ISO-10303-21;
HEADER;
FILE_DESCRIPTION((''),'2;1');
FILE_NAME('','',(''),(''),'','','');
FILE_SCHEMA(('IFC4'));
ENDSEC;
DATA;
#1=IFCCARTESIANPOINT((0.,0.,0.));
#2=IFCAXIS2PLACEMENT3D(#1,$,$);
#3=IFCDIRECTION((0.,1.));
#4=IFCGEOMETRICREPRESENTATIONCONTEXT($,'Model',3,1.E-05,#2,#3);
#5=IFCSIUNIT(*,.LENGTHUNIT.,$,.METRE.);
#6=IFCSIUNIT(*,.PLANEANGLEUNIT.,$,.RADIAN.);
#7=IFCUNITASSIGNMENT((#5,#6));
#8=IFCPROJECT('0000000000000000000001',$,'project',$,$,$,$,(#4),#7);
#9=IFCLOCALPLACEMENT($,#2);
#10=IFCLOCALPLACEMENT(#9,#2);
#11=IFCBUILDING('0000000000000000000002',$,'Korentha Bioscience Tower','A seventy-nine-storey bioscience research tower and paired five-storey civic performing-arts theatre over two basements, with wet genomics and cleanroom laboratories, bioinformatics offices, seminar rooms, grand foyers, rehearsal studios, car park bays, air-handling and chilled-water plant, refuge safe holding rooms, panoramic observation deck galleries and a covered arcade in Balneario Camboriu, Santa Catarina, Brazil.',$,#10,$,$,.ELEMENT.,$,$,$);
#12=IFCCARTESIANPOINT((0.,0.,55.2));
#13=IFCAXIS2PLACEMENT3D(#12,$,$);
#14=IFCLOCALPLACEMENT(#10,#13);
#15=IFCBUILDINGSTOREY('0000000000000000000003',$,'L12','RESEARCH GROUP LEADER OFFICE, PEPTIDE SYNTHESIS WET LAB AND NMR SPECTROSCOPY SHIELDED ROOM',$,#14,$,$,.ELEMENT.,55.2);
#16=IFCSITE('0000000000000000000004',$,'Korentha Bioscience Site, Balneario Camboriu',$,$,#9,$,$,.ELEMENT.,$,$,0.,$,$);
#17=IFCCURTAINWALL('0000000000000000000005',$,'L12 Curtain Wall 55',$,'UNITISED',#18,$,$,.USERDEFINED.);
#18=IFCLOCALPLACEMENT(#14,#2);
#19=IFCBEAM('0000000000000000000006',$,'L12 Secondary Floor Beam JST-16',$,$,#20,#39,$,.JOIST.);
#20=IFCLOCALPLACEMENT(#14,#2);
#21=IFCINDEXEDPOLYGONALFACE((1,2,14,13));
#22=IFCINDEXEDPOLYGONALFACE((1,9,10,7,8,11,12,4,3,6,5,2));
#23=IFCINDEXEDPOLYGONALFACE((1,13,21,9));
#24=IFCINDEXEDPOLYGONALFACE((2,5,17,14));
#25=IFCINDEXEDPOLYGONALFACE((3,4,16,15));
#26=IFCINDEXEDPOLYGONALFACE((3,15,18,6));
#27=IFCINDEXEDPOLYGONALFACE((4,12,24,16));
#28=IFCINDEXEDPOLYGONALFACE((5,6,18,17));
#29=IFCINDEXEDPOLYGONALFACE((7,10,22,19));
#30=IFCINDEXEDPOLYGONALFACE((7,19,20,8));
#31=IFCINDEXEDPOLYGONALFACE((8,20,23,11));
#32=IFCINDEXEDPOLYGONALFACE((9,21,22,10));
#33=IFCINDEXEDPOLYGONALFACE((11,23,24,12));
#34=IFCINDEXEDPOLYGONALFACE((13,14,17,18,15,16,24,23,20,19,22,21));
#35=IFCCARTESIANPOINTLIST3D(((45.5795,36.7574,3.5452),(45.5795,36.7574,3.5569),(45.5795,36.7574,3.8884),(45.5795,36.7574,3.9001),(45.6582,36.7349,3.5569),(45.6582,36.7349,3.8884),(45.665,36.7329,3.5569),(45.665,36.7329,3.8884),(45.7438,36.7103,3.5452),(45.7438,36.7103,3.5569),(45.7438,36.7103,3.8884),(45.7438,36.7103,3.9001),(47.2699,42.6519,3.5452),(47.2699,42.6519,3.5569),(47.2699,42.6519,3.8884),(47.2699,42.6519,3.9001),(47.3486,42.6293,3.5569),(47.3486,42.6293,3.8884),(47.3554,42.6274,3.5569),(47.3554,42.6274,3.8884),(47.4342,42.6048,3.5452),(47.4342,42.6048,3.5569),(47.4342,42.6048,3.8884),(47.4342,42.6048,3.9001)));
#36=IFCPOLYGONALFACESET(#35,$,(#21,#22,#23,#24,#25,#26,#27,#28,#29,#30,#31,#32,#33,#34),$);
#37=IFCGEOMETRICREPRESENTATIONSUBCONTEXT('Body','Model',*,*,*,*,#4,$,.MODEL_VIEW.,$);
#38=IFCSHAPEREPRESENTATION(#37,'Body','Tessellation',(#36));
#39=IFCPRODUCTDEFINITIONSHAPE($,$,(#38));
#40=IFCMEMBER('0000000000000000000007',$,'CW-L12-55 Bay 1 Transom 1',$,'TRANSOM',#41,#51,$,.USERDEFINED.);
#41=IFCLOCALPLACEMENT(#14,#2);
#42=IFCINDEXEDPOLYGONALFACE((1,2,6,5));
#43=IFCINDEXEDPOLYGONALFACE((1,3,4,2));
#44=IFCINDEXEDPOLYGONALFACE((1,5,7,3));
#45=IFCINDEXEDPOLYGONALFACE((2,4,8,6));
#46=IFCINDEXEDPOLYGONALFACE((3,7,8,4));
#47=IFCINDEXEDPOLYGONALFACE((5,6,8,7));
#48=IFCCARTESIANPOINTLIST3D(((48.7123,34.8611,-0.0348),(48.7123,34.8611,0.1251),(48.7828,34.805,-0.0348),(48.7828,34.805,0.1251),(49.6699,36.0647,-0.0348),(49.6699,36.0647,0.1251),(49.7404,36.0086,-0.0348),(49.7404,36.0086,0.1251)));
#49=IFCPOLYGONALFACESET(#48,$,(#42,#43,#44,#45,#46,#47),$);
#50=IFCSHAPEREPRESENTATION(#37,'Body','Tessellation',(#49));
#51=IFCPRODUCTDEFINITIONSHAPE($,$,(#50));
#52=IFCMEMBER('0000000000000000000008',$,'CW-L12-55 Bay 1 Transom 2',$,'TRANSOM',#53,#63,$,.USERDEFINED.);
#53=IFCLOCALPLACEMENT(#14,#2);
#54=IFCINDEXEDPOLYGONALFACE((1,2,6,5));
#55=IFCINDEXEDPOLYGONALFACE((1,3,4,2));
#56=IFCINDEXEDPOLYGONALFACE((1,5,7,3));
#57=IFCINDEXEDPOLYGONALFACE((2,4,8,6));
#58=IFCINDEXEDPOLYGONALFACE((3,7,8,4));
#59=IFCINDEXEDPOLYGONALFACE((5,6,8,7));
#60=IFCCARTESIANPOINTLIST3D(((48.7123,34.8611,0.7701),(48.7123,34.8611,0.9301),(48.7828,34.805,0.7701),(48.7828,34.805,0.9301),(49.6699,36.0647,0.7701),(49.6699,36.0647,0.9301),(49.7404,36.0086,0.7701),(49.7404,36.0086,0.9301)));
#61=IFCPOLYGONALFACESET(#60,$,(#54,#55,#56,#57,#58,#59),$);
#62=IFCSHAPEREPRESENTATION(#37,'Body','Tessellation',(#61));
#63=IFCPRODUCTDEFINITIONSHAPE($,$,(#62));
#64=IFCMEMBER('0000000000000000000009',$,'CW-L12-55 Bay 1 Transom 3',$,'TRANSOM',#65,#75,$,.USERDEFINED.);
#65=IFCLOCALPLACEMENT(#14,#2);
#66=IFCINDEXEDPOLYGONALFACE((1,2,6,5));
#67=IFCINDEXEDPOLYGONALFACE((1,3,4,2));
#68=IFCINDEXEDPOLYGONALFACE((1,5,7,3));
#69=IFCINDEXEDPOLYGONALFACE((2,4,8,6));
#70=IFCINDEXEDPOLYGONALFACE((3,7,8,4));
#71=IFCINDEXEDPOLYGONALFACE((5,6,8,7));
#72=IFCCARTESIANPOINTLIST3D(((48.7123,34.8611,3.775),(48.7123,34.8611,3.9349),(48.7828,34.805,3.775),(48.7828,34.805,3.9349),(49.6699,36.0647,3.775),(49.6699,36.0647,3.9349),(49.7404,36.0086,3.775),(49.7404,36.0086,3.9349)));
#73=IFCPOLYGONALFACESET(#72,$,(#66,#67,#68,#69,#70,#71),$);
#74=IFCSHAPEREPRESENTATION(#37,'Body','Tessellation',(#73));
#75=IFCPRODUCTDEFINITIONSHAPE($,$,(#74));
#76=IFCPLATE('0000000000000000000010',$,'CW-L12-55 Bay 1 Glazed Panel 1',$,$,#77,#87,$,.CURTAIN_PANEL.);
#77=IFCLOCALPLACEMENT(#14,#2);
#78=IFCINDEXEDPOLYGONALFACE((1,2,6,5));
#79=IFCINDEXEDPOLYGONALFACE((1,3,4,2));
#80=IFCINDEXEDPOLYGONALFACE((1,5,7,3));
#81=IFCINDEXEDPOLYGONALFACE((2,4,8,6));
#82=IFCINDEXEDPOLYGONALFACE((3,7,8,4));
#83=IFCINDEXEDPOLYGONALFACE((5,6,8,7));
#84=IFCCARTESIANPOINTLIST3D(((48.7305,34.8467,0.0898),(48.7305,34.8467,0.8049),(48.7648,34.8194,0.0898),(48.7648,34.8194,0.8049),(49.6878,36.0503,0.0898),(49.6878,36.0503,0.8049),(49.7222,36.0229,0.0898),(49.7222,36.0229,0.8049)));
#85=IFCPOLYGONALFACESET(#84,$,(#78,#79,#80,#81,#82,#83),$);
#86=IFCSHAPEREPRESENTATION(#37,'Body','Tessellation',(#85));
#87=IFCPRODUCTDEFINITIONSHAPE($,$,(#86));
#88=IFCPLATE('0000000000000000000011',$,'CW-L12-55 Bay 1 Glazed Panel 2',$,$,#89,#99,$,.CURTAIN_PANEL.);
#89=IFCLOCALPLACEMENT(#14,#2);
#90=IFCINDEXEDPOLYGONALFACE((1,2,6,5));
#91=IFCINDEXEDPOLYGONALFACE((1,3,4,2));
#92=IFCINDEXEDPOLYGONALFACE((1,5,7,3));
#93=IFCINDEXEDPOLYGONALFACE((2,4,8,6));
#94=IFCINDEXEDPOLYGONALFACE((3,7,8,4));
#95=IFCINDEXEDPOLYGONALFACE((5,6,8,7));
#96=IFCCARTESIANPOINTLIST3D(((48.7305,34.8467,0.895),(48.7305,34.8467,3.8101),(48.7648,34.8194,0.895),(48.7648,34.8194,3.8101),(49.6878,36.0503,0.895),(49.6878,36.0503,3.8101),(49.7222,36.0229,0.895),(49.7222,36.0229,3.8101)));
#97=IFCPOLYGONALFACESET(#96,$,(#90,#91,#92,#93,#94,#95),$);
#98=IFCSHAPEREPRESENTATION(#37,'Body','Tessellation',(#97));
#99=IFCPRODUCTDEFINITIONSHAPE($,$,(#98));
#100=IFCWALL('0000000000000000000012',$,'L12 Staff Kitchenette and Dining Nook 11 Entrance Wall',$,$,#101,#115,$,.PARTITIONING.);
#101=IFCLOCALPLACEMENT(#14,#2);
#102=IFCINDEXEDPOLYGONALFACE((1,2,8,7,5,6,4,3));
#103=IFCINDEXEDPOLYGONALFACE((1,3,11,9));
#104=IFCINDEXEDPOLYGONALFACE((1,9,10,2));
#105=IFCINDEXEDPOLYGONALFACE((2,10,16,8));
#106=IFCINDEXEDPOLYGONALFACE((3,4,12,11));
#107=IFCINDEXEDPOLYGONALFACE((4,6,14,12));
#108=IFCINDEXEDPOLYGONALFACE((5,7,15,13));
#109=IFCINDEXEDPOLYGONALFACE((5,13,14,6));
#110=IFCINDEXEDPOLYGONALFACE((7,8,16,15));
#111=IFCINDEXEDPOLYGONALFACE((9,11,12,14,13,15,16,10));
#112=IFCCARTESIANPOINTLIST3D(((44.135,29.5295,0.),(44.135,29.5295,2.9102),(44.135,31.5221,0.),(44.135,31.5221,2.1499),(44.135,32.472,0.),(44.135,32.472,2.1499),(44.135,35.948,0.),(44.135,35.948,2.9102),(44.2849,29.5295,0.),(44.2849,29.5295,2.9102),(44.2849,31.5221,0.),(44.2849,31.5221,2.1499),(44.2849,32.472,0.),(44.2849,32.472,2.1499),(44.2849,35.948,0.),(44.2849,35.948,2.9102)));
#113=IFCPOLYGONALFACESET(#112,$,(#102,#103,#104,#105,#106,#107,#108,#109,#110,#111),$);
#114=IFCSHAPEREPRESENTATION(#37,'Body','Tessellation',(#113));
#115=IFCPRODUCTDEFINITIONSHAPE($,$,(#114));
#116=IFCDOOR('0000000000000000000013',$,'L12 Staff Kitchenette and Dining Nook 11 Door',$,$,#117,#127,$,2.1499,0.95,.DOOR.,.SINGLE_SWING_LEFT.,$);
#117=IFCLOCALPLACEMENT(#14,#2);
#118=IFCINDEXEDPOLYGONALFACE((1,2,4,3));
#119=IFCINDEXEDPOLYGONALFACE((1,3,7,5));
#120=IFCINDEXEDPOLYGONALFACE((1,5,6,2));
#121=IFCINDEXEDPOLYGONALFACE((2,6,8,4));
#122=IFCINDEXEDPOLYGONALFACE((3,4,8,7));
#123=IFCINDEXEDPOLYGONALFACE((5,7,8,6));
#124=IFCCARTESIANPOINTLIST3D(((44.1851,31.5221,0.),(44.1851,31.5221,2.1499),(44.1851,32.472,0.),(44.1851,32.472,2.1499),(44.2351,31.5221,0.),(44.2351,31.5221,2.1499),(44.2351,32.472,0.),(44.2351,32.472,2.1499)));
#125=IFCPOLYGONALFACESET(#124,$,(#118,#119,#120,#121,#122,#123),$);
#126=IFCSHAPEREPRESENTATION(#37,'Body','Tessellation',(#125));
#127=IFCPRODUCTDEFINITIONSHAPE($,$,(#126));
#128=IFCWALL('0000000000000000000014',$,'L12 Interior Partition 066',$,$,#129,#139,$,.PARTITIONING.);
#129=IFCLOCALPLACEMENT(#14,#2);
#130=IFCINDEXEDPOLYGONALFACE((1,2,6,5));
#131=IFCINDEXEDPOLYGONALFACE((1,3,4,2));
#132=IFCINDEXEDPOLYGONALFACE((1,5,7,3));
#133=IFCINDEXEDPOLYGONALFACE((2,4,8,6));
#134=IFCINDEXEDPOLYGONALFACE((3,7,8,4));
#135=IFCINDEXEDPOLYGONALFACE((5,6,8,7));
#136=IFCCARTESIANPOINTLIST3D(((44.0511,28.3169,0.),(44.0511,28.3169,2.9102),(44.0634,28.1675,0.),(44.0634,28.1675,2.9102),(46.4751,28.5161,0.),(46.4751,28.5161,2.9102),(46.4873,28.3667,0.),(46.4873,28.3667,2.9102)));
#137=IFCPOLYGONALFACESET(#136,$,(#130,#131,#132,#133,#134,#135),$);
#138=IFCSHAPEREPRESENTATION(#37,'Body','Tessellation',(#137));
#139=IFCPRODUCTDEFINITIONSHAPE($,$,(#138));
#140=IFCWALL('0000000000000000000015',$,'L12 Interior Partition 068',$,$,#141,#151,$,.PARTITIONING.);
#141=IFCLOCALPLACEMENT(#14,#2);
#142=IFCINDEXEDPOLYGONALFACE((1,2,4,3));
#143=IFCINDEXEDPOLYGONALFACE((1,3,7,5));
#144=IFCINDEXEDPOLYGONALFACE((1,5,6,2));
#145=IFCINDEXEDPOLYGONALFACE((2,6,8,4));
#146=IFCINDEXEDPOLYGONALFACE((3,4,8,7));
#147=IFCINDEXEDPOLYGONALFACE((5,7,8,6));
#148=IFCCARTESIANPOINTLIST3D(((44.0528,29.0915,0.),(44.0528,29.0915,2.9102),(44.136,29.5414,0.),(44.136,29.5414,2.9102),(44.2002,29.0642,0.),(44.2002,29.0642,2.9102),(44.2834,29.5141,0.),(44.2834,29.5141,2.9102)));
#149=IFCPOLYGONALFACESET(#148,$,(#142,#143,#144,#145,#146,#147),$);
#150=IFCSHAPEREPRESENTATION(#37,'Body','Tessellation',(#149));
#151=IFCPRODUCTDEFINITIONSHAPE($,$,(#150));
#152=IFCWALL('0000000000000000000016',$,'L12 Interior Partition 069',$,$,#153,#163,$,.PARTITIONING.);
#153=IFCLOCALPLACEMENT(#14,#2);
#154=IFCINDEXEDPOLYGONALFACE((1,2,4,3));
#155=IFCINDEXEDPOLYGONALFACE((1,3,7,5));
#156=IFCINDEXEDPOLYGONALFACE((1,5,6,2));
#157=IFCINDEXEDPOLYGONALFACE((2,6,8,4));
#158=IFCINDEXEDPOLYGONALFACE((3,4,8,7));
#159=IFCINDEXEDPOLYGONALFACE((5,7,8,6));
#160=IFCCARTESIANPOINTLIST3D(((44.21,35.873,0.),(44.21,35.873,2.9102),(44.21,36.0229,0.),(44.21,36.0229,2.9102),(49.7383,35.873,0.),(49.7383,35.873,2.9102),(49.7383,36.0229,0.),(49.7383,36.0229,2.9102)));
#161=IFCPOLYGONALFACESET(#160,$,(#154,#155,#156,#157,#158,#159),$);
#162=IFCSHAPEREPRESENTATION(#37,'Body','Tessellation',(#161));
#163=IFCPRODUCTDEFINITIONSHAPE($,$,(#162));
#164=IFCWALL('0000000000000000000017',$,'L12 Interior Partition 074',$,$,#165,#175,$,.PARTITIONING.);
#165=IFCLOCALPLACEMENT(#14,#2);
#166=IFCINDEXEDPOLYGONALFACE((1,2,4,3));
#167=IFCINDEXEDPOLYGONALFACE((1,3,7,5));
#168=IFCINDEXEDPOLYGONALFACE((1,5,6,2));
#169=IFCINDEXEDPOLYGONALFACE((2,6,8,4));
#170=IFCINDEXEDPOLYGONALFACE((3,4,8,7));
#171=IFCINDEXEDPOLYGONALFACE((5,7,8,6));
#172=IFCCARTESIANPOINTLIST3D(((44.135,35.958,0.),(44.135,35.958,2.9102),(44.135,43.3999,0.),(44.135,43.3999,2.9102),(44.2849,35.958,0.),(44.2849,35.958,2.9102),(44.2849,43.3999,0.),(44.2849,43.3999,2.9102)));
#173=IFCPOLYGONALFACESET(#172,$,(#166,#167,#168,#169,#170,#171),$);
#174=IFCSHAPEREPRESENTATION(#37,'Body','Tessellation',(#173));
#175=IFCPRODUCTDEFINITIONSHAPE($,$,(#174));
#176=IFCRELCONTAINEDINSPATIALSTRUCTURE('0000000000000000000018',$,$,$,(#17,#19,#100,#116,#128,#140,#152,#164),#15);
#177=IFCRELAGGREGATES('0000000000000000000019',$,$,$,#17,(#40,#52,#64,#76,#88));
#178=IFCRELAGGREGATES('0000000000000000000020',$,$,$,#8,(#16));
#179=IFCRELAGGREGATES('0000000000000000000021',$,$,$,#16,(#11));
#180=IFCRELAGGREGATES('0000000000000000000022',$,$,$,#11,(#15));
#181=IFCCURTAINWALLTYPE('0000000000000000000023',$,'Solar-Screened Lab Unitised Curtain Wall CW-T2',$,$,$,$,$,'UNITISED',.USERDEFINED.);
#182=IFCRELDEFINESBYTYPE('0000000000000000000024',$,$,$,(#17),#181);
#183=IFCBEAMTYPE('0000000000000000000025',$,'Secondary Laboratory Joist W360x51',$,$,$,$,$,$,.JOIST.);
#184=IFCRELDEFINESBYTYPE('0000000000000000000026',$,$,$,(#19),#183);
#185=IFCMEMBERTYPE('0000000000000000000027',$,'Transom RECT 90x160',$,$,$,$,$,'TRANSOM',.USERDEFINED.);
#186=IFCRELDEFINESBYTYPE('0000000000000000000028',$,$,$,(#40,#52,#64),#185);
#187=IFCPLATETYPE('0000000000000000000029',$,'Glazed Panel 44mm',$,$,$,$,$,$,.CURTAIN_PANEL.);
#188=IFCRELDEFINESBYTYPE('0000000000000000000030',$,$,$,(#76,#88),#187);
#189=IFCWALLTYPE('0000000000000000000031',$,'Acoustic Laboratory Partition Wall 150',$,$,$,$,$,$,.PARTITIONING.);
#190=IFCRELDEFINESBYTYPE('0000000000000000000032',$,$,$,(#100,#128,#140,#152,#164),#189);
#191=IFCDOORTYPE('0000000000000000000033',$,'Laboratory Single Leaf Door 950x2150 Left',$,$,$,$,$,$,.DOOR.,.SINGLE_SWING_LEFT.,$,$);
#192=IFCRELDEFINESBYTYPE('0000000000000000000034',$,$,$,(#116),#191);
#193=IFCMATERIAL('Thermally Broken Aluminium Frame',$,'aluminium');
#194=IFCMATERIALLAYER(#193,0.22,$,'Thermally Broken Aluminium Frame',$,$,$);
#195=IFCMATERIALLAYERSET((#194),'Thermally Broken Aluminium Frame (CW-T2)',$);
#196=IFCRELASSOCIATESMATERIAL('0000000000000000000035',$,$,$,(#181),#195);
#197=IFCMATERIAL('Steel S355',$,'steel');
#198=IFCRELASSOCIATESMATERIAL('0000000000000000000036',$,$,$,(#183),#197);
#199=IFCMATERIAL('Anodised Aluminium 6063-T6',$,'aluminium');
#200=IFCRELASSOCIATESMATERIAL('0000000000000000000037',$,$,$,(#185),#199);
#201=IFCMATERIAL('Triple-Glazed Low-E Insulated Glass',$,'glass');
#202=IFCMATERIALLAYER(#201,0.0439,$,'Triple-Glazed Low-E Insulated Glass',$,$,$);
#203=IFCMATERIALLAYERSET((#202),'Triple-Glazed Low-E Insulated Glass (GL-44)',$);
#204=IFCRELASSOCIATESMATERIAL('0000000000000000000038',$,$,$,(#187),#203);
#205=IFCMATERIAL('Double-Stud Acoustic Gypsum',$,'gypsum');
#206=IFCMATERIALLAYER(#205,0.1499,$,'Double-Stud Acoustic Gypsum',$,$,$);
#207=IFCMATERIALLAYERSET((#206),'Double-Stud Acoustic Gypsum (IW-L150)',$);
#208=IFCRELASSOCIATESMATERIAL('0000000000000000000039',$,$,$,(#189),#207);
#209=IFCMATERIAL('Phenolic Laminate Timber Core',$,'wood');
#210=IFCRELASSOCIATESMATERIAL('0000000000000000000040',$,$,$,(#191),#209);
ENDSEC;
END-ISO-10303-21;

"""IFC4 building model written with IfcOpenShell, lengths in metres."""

from ifc_helpers import new_model, si_unit, direction, frame, frame_2d, origin, origin_2d, place, context, subcontext, project, spatial, rectangle, i_section, extrude, material, layer, layer_set, material_profile, profile_set, type_object, element, fill, aggregate, save


model = new_model("IFC4")

# Units and contexts
model_context = context("Model", 3, precision=1e-05, world=origin(), true_north=direction((0.0, 1.0)))
body_context = subcontext(model_context, "Body", "Model", "MODEL_VIEW")
ifc_project = project(units=[si_unit("LENGTHUNIT", "METRE"), si_unit("PLANEANGLEUNIT", "RADIAN")], contexts=[model_context])

# Site, building, storey
site_placement = place(None, origin())
site = spatial("IfcSite", under=ifc_project, at=site_placement, Name="Korentha Bioscience Site, Balneario Camboriu", CompositionType="ELEMENT", RefElevation=0.0)
building_placement = place(site_placement, origin())
building = spatial("IfcBuilding", under=site, at=building_placement, Name="Korentha Bioscience Tower", Description="A seventy-nine-storey bioscience research tower and paired five-storey civic performing-arts theatre over two basements, with wet genomics and cleanroom laboratories, bioinformatics offices, seminar rooms, grand foyers, rehearsal studios, car park bays, air-handling and chilled-water plant, refuge safe holding rooms, panoramic observation deck galleries and a covered arcade in Balneario Camboriu, Santa Catarina, Brazil.", CompositionType="ELEMENT")
storey_placement = place(building_placement, frame((0.0, 0.0, 55.2)))
storey = spatial("IfcBuildingStorey", under=building, at=storey_placement, Name="L12", Description="RESEARCH GROUP LEADER OFFICE, PEPTIDE SYNTHESIS WET LAB AND NMR SPECTROSCOPY SHIELDED ROOM", CompositionType="ELEMENT", Elevation=55.2)

# Shared definitions
ifc_material_1 = material(Name="Thermally Broken Aluminium Frame", Category="aluminium")
ifc_material_2 = material(Name="Anodised Aluminium 6063-T6", Category="aluminium")

# Curtain wall
ifc_layer_1 = layer(ifc_material_1, 0.22, Name="Thermally Broken Aluminium Frame")
ifc_layer_set_1 = layer_set([ifc_layer_1], Name="Thermally Broken Aluminium Frame (CW-T2)")
curtain_wall_type_1 = type_object("IfcCurtainWallType", Name="Solar-Screened Lab Unitised Curtain Wall CW-T2", ElementType="UNITISED", PredefinedType="USERDEFINED", material=ifc_layer_set_1)
curtain_wall_1_placement = place(storey_placement, origin())
curtain_wall_1 = element("IfcCurtainWall", 1, at=curtain_wall_1_placement, inside=storey, type_object=curtain_wall_type_1, Name="L12 Curtain Wall 55", ObjectType="UNITISED", PredefinedType="USERDEFINED")

# Beam
ifc_material_3 = material(Name="Steel S355", Category="steel")
ifc_material_profile_1 = material_profile(ifc_material_3, i_section(OverallWidth=0.1709, OverallDepth=0.355, WebThickness=0.0071, FlangeThickness=0.0117, at=origin_2d()), Name="Steel S355")
ifc_profile_set_1 = profile_set([ifc_material_profile_1], Name="Steel S355 (JB-360)")
beam_type_1 = type_object("IfcBeamType", Name="Secondary Laboratory Joist W360x51", PredefinedType="JOIST", material=ifc_profile_set_1)
beam_1_placement = place(storey_placement, frame((45.6616, 36.7339, 3.7227), z_axis=(0.275668, 0.961253, 0.0), x_axis=(-0.961253, 0.275668, 0.0)))
element("IfcBeam", 2, at=beam_1_placement, inside=storey, type_object=beam_type_1, Name="L12 Secondary Floor Beam JST-16", PredefinedType="JOIST", context=body_context, shape_type="SweptSolid", body=[
    extrude(i_section(OverallWidth=0.1709, OverallDepth=0.355, WebThickness=0.0071, FlangeThickness=0.0117, at=origin_2d()), origin(), (0.0, 0.0, 1.0), 6.1321),
])

# Members
ifc_material_profile_2 = material_profile(ifc_material_2, rectangle(XDim=0.0901, YDim=0.1599, at=origin_2d()), Name="Anodised Aluminium 6063-T6")
ifc_profile_set_2 = profile_set([ifc_material_profile_2], Name="Anodised Aluminium 6063-T6 (CW-TRN)")
member_type_1 = type_object("IfcMemberType", Name="Transom RECT 90x160", ElementType="TRANSOM", PredefinedType="USERDEFINED", material=ifc_profile_set_2)
member_1_placement = place(storey_placement, frame((48.7476, 34.833, 0.0452), z_axis=(0.622563, 0.782569, 0.0), x_axis=(-0.782569, 0.622563, 0.0)))
member_1 = element("IfcMember", 3, at=member_1_placement, type_object=member_type_1, Name="CW-L12-55 Bay 1 Transom 1", ObjectType="TRANSOM", PredefinedType="USERDEFINED", context=body_context, shape_type="SweptSolid", body=[
    extrude(rectangle(XDim=0.0901, YDim=0.1599, at=origin_2d()), origin(), (0.0, 0.0, 1.0), 1.5381),
])
member_2_placement = place(storey_placement, frame((48.7476, 34.833, 0.8501), z_axis=(0.622563, 0.782569, 0.0), x_axis=(-0.782569, 0.622563, 0.0)))
member_2 = element("IfcMember", 4, at=member_2_placement, type_object=member_type_1, Name="CW-L12-55 Bay 1 Transom 2", ObjectType="TRANSOM", PredefinedType="USERDEFINED", context=body_context, shape_type="SweptSolid", body=[
    extrude(rectangle(XDim=0.0901, YDim=0.1599, at=origin_2d()), origin(), (0.0, 0.0, 1.0), 1.5381),
])
member_3_placement = place(storey_placement, frame((48.7476, 34.833, 3.855), z_axis=(0.622563, 0.782569, 0.0), x_axis=(-0.782569, 0.622563, 0.0)))
member_3 = element("IfcMember", 5, at=member_3_placement, type_object=member_type_1, Name="CW-L12-55 Bay 1 Transom 3", ObjectType="TRANSOM", PredefinedType="USERDEFINED", context=body_context, shape_type="SweptSolid", body=[
    extrude(rectangle(XDim=0.0901, YDim=0.1599, at=origin_2d()), origin(), (0.0, 0.0, 1.0), 1.5381),
])

# Plates
ifc_material_4 = material(Name="Triple-Glazed Low-E Insulated Glass", Category="glass")
ifc_layer_2 = layer(ifc_material_4, 0.0439, Name="Triple-Glazed Low-E Insulated Glass")
ifc_layer_set_2 = layer_set([ifc_layer_2], Name="Triple-Glazed Low-E Insulated Glass (GL-44)")
plate_type = type_object("IfcPlateType", Name="Glazed Panel 44mm", PredefinedType="CURTAIN_PANEL", material=ifc_layer_set_2)
plate_1_placement = place(storey_placement, frame((49.2263, 35.4348, 0.0898), z_axis=(0.0, 0.0, 1.0), x_axis=(0.62252, 0.782604, 0.0)))
plate_1 = element("IfcPlate", 6, at=plate_1_placement, type_object=plate_type, Name="CW-L12-55 Bay 1 Glazed Panel 1", PredefinedType="CURTAIN_PANEL", context=body_context, shape_type="SweptSolid", body=[
    extrude(rectangle(XDim=1.5378, YDim=0.0439, at=origin_2d()), origin(), (0.0, 0.0, 1.0), 0.7151),
])
plate_2_placement = place(storey_placement, frame((49.2263, 35.4348, 0.895), z_axis=(0.0, 0.0, 1.0), x_axis=(0.62252, 0.782604, 0.0)))
plate_2 = element("IfcPlate", 7, at=plate_2_placement, type_object=plate_type, Name="CW-L12-55 Bay 1 Glazed Panel 2", PredefinedType="CURTAIN_PANEL", context=body_context, shape_type="SweptSolid", body=[
    extrude(rectangle(XDim=1.5378, YDim=0.0439, at=origin_2d()), origin(), (0.0, 0.0, 1.0), 2.915),
])
aggregate(curtain_wall_1, [member_1, member_2, member_3, plate_1, plate_2])

# Wall, opening, door
ifc_material_5 = material(Name="Double-Stud Acoustic Gypsum", Category="gypsum")
ifc_layer_3 = layer(ifc_material_5, 0.1499, Name="Double-Stud Acoustic Gypsum")
ifc_layer_set_3 = layer_set([ifc_layer_3], Name="Double-Stud Acoustic Gypsum (IW-L150)")
wall_type_1 = type_object("IfcWallType", Name="Acoustic Laboratory Partition Wall 150", PredefinedType="PARTITIONING", material=ifc_layer_set_3)
wall_1_placement = place(storey_placement, frame((44.21, 29.5295, 0.0), z_axis=(0.0, 0.0, 1.0), x_axis=(0.0, 1.0, 0.0)))
wall_1 = element("IfcWall", 8, at=wall_1_placement, inside=storey, type_object=wall_type_1, Name="L12 Staff Kitchenette and Dining Nook 11 Entrance Wall", PredefinedType="PARTITIONING", context=body_context, shape_type="SweptSolid", body=[
    extrude(rectangle(XDim=6.4185, YDim=0.1499, at=frame_2d((3.2092, 0.0))), origin(), (0.0, 0.0, 1.0), 2.9102),
])
opening_1_placement = place(wall_1_placement, frame((1.9924, 0.0, 0.0)))
opening_1 = element("IfcOpeningElement", 9, at=opening_1_placement, cuts=wall_1, PredefinedType="OPENING", context=body_context, shape_type="SweptSolid", body=[
    extrude(rectangle(XDim=0.95, YDim=2.1499, at=frame_2d((0.4751, 1.075))), frame((0.0, 0.0898, 0.0), z_axis=(0.0, -1.0, 0.0), x_axis=(1.0, 0.0, 0.0)), (0.0, 0.0, 1.0), 0.1797),
])
ifc_material_6 = material(Name="Phenolic Laminate Timber Core", Category="wood")
door_type = type_object("IfcDoorType", Name="Laboratory Single Leaf Door 950x2150 Left", OperationType="SINGLE_SWING_LEFT", PredefinedType="DOOR", material=ifc_material_6)
door_1_placement = place(opening_1_placement, origin())
door_1 = element("IfcDoor", 10, at=door_1_placement, inside=storey, type_object=door_type, Name="L12 Staff Kitchenette and Dining Nook 11 Door", OperationType="SINGLE_SWING_LEFT", OverallHeight=2.1499, OverallWidth=0.95, PredefinedType="DOOR", context=body_context, shape_type="SweptSolid", body=[
    extrude(rectangle(XDim=0.95, YDim=2.1499, at=frame_2d((0.4751, 1.075))), frame((0.0, 0.0249, 0.0), z_axis=(0.0, -1.0, 0.0), x_axis=(1.0, 0.0, 0.0)), (0.0, 0.0, 1.0), 0.05),
])
fill(opening_1, door_1)

# Walls
wall_2_placement = place(storey_placement, frame((46.4812, 28.4414, 0.0), z_axis=(0.0, 0.0, 1.0), x_axis=(-0.99664, -0.081907, 0.0)))
element("IfcWall", 11, at=wall_2_placement, inside=storey, type_object=wall_type_1, Name="L12 Interior Partition 066", PredefinedType="PARTITIONING", context=body_context, shape_type="SweptSolid", body=[
    extrude(rectangle(XDim=2.4321, YDim=0.1499, at=frame_2d((1.2161, 0.0))), origin(), (0.0, 0.0, 1.0), 2.9102),
])
wall_3_placement = place(storey_placement, frame((44.1265, 29.0779, 0.0), z_axis=(0.0, 0.0, 1.0), x_axis=(0.181936, 0.98331, 0.0)))
element("IfcWall", 12, at=wall_3_placement, inside=storey, type_object=wall_type_1, Name="L12 Interior Partition 068", PredefinedType="PARTITIONING", context=body_context, shape_type="SweptSolid", body=[
    extrude(rectangle(XDim=0.4575, YDim=0.1499, at=frame_2d((0.2288, 0.0))), origin(), (0.0, 0.0, 1.0), 2.9102),
])
wall_4_placement = place(storey_placement, frame((44.21, 35.948, 0.0), z_axis=(0.0, 0.0, 1.0), x_axis=(1.0, 0.0, 0.0)))
element("IfcWall", 13, at=wall_4_placement, inside=storey, type_object=wall_type_1, Name="L12 Interior Partition 069", PredefinedType="PARTITIONING", context=body_context, shape_type="SweptSolid", body=[
    extrude(rectangle(XDim=5.5283, YDim=0.1499, at=frame_2d((2.7642, 0.0))), origin(), (0.0, 0.0, 1.0), 2.9102),
])
wall_5_placement = place(storey_placement, frame((44.21, 35.958, 0.0), z_axis=(0.0, 0.0, 1.0), x_axis=(0.0, 1.0, 0.0)))
element("IfcWall", 14, at=wall_5_placement, inside=storey, type_object=wall_type_1, Name="L12 Interior Partition 074", PredefinedType="PARTITIONING", context=body_context, shape_type="SweptSolid", body=[
    extrude(rectangle(XDim=7.4419, YDim=0.1499, at=frame_2d((3.7209, 0.0))), origin(), (0.0, 0.0, 1.0), 2.9102),
])

save(model, "model.ifc")
